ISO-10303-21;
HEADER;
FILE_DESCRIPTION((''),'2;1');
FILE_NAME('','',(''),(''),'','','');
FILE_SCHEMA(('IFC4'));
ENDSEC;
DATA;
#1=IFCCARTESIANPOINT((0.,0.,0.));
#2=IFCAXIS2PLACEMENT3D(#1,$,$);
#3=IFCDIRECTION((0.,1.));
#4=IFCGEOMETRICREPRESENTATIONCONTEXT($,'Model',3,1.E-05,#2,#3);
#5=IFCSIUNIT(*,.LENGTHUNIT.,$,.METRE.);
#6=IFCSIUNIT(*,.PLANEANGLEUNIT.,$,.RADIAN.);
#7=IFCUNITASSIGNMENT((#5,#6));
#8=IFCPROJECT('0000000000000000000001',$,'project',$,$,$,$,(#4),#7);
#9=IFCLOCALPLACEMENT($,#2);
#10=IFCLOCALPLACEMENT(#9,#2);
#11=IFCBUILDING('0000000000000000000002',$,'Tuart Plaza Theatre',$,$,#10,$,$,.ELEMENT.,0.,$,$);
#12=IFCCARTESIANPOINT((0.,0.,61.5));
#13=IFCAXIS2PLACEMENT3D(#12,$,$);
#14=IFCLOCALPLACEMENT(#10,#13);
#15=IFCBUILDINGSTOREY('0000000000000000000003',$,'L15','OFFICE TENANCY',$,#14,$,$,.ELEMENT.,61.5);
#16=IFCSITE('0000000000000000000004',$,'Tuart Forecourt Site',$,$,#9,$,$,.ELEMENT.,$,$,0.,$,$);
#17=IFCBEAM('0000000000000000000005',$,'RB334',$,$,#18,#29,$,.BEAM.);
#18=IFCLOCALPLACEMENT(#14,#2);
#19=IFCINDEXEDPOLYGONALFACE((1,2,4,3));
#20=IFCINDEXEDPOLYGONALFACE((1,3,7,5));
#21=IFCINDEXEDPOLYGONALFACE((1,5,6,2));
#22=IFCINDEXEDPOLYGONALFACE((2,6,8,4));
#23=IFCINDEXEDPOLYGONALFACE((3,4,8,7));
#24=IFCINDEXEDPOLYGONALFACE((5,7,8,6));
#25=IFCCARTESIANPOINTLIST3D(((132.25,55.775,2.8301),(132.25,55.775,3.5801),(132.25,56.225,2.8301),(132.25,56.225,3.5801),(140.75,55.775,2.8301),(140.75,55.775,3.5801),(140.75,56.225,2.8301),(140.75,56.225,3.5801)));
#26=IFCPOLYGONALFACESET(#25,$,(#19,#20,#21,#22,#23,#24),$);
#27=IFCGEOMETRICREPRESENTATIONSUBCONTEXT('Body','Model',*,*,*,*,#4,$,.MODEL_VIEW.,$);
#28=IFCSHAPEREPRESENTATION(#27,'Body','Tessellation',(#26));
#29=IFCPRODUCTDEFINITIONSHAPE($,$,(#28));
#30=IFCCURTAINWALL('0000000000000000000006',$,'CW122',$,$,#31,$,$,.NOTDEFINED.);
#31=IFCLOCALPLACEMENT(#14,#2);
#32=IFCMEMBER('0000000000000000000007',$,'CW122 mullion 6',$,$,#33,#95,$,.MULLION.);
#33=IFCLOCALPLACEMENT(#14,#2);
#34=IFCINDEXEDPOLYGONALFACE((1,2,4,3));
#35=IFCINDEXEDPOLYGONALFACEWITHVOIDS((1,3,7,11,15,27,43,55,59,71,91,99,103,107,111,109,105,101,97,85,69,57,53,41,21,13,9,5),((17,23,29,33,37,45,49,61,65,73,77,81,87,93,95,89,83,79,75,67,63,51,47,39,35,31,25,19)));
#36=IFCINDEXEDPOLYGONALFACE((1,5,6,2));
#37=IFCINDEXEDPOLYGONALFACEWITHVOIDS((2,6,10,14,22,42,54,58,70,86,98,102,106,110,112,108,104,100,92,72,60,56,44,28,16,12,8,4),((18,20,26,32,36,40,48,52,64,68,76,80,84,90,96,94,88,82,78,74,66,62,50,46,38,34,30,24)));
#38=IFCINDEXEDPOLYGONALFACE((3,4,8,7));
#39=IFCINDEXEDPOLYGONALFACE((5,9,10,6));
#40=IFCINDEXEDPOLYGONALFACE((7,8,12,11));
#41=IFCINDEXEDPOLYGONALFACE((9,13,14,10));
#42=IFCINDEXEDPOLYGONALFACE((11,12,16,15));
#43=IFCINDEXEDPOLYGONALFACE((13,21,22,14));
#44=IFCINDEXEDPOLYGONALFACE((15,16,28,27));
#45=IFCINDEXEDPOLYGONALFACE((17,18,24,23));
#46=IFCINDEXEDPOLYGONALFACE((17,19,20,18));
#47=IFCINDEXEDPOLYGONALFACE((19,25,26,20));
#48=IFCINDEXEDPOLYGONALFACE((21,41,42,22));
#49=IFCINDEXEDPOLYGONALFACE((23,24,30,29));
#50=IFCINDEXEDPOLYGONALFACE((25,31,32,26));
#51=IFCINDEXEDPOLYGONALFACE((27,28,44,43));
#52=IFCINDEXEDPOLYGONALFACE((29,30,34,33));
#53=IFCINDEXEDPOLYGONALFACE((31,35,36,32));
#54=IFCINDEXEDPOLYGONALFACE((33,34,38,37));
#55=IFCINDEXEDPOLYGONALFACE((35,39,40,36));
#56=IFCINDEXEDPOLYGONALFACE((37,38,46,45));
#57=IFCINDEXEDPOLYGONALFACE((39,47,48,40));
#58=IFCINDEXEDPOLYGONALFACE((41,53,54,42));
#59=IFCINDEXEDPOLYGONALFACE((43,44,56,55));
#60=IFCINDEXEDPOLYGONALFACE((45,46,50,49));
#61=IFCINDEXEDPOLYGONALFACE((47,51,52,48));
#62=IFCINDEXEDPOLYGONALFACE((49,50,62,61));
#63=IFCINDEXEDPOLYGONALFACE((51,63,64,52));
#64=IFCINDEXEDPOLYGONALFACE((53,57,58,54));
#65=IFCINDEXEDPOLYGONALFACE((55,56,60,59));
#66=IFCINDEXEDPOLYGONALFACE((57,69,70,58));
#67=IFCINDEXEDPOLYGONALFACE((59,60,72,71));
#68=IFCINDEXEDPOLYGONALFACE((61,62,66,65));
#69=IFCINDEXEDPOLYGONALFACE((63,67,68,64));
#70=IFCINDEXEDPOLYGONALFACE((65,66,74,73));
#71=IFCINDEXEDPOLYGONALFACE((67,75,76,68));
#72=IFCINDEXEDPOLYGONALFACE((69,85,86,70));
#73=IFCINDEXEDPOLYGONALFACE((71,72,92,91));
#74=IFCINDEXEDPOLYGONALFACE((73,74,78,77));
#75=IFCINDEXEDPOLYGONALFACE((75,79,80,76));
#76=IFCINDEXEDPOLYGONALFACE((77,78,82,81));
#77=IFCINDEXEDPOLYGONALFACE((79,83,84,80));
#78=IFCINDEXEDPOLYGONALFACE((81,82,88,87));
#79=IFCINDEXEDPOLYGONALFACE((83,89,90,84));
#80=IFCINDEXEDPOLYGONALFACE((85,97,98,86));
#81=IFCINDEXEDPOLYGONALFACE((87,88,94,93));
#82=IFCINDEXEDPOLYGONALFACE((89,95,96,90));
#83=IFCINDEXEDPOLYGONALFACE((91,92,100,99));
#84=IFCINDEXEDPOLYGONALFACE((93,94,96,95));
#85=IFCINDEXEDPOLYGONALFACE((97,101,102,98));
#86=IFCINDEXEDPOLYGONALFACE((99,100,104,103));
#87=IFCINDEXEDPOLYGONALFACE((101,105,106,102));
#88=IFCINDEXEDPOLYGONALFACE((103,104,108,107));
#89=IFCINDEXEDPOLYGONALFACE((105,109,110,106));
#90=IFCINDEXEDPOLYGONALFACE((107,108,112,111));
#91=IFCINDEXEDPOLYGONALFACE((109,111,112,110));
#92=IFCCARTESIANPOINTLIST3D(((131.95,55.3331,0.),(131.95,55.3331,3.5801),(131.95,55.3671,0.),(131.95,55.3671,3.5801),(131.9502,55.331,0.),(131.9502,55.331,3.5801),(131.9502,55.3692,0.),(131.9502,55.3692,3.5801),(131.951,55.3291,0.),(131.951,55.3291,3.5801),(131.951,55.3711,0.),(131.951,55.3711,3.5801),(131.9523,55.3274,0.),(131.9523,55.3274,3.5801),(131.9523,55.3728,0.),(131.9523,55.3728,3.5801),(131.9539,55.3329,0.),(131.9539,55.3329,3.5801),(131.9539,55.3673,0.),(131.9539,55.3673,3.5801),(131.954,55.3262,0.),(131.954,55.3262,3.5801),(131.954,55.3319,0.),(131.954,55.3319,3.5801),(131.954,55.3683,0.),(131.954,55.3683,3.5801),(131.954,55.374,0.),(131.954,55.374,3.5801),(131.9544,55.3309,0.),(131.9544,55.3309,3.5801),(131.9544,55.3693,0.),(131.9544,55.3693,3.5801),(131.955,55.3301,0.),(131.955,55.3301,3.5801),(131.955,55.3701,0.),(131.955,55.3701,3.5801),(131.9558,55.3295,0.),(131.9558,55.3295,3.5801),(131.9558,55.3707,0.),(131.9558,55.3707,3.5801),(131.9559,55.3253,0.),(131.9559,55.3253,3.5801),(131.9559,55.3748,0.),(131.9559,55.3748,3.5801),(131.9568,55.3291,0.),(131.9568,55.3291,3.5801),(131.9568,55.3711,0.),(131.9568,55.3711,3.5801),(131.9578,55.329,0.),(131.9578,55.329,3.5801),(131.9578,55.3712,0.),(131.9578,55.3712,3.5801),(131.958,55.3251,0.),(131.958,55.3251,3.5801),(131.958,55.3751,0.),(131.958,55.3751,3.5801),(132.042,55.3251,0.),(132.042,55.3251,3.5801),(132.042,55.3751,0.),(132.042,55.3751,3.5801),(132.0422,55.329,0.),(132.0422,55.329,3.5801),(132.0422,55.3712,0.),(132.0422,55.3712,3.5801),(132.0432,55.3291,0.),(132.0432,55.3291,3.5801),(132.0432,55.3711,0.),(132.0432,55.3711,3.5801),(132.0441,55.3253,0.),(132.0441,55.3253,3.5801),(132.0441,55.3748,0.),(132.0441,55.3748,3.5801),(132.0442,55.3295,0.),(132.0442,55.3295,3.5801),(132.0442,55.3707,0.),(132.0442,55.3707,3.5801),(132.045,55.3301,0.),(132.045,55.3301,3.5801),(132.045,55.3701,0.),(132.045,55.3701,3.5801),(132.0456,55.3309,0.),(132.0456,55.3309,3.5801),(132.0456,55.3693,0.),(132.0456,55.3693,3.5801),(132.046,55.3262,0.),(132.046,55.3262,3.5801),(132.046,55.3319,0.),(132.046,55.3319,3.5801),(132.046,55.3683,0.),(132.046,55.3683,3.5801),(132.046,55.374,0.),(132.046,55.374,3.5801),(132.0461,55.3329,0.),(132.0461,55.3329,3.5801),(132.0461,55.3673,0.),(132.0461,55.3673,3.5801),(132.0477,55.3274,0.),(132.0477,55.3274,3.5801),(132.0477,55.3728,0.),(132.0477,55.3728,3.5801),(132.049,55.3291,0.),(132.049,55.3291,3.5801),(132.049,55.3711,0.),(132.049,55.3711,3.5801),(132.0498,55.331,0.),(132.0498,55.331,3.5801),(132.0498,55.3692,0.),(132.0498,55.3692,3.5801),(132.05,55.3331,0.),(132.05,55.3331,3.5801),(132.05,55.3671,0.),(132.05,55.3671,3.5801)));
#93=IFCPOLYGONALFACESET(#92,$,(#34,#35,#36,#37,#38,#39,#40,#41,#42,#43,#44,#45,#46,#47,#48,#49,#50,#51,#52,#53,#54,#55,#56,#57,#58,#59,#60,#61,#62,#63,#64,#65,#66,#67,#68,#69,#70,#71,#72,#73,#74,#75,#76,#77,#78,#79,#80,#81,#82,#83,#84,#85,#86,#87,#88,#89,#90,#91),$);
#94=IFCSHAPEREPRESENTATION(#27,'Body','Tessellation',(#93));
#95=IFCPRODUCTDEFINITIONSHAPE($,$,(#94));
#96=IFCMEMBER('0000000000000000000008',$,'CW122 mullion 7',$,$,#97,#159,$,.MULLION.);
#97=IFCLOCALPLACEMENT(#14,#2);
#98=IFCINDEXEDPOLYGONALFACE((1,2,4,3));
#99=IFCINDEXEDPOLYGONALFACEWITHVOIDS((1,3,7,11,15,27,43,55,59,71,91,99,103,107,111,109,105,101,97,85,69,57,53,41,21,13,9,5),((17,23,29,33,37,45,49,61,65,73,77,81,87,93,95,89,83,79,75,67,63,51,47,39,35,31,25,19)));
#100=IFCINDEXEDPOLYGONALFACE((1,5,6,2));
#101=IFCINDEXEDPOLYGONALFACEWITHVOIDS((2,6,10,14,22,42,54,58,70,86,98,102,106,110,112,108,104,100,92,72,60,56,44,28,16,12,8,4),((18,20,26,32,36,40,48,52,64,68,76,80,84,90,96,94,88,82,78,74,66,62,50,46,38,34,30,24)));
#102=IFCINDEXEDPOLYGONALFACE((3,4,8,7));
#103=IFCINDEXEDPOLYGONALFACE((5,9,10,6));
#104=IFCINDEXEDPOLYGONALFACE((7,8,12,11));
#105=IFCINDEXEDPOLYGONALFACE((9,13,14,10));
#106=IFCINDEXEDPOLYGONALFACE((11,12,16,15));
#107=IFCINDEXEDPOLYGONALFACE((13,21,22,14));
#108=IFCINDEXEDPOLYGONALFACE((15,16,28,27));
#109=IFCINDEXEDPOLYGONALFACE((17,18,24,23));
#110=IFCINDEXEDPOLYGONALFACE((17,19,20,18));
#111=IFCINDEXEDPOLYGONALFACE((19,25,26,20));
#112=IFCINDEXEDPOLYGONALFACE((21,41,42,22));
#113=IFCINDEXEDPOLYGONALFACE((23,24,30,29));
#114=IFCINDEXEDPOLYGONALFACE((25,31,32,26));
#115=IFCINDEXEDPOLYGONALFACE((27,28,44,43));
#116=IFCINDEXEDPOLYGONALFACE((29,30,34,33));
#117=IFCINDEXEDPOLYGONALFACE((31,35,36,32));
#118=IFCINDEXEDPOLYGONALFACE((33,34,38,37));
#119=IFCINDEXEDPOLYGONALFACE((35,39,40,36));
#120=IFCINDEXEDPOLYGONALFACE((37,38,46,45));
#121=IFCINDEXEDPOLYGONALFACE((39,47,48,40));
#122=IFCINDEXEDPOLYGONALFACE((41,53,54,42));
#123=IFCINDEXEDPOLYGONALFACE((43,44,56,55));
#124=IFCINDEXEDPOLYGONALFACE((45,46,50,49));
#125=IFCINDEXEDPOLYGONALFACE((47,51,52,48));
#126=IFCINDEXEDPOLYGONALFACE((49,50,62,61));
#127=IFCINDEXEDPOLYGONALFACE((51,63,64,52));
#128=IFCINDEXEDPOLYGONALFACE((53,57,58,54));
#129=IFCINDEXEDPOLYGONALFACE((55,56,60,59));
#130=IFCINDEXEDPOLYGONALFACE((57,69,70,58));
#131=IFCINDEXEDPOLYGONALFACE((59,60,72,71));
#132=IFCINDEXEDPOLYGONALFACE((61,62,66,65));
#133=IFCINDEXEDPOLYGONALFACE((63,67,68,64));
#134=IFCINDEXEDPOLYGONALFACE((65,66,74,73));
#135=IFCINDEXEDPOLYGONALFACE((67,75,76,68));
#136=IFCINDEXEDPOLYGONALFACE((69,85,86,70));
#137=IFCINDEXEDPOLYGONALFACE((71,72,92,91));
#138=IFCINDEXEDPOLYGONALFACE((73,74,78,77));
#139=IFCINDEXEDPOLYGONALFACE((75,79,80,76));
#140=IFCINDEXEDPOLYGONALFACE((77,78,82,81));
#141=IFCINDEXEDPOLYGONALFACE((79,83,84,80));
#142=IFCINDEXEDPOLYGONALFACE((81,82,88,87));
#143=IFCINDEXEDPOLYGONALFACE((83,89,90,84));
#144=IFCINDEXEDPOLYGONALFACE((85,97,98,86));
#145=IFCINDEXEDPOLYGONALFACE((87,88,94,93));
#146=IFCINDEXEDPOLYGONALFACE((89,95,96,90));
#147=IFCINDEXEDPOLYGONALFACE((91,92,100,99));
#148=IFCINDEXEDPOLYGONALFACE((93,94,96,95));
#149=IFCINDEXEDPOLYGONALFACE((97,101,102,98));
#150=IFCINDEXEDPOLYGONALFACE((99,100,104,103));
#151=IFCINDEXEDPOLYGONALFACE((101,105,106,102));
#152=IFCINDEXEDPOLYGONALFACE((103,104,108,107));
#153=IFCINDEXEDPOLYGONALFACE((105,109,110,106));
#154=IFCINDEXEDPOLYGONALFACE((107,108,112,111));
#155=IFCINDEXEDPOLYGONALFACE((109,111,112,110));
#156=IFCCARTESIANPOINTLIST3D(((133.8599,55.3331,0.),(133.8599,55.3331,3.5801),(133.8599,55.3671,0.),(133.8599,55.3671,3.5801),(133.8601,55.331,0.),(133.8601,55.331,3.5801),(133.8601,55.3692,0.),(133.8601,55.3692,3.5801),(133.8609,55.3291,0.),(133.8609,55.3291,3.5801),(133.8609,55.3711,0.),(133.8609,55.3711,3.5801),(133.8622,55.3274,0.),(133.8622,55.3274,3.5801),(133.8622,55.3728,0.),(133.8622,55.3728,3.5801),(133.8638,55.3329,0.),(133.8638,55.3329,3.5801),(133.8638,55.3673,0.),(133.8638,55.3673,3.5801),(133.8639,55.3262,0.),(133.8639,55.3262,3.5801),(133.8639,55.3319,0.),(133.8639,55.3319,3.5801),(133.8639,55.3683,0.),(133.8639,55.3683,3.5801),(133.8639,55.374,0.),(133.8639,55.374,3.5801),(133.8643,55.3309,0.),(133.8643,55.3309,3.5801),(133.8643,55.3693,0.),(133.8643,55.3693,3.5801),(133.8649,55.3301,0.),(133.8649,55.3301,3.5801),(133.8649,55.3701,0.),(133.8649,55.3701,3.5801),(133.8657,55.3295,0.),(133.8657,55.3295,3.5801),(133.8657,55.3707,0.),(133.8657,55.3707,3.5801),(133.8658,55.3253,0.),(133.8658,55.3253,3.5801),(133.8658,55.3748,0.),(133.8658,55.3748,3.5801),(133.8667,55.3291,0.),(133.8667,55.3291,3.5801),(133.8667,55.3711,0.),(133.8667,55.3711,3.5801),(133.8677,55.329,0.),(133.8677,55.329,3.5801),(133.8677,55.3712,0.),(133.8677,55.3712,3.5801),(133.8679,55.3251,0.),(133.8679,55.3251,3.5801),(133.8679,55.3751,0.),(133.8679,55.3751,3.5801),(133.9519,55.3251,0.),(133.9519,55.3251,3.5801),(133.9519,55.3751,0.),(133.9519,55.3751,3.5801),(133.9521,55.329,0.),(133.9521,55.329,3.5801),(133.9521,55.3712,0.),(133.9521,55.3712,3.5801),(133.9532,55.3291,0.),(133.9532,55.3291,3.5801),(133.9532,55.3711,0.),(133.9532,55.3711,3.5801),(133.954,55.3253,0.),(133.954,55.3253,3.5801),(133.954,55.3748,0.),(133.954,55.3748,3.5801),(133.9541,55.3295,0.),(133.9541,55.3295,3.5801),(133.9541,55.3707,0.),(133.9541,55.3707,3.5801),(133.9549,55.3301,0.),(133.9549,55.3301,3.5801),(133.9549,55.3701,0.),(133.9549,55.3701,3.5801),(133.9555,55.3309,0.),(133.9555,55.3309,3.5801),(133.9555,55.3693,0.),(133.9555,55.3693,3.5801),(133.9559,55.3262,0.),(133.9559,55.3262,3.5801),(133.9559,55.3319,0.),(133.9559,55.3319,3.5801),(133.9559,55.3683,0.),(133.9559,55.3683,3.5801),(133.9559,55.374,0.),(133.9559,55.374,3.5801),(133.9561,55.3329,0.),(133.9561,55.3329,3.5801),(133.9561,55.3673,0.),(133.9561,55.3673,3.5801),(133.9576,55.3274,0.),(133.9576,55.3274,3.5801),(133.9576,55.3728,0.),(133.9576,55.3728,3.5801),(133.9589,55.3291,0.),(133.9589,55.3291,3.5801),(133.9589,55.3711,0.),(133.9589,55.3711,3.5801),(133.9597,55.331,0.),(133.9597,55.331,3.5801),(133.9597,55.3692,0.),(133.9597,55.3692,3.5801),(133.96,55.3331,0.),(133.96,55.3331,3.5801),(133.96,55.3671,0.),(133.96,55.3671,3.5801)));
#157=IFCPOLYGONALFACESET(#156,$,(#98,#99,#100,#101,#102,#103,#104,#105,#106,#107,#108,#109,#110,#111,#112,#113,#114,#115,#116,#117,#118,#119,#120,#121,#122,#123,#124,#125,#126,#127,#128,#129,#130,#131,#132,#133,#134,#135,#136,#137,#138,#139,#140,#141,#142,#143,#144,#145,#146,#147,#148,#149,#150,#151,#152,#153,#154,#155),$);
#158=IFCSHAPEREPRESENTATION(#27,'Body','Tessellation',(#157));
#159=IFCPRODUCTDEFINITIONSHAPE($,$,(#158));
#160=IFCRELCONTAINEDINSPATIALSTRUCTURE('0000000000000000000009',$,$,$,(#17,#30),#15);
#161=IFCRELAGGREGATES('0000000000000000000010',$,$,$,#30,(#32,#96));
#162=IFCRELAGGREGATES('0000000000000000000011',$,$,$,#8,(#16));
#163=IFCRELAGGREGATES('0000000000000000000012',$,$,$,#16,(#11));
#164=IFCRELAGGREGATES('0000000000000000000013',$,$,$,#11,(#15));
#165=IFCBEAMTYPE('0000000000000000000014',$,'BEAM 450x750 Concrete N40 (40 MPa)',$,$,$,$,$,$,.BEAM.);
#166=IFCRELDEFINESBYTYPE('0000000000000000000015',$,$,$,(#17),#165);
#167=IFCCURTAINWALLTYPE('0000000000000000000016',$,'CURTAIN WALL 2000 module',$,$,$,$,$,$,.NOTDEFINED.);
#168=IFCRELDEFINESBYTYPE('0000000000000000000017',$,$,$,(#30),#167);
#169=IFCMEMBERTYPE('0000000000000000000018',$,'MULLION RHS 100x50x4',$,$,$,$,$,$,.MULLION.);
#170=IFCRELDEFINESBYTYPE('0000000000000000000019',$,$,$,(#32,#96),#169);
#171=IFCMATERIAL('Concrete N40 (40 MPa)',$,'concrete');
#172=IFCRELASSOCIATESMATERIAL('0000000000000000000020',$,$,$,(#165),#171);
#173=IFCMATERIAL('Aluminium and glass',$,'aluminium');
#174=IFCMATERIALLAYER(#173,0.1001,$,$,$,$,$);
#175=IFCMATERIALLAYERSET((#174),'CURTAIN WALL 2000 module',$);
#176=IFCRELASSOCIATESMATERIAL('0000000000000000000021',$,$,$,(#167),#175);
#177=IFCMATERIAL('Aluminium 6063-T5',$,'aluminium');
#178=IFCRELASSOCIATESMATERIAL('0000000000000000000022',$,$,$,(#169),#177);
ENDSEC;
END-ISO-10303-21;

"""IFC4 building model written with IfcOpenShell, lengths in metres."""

from ifc_helpers import new_model, si_unit, direction, frame, origin, origin_2d, place, context, subcontext, project, spatial, rectangle, hollow_rectangle, extrude, material, layer, layer_set, material_profile, profile_set, type_object, element, aggregate, save


model = new_model("IFC4")

# Units and contexts
model_context = context("Model", 3, precision=1e-05, world=origin(), true_north=direction((0.0, 1.0)))
body_context = subcontext(model_context, "Body", "Model", "MODEL_VIEW")
ifc_project = project(units=[si_unit("LENGTHUNIT", "METRE"), si_unit("PLANEANGLEUNIT", "RADIAN")], contexts=[model_context])

# Site, building, storey
site_placement = place(None, origin())
site = spatial("IfcSite", under=ifc_project, at=site_placement, Name="Tuart Forecourt Site", CompositionType="ELEMENT", RefElevation=0.0)
building_placement = place(site_placement, origin())
building = spatial("IfcBuilding", under=site, at=building_placement, Name="Tuart Plaza Theatre", CompositionType="ELEMENT", ElevationOfRefHeight=0.0)
storey_placement = place(building_placement, frame((0.0, 0.0, 61.5)))
storey = spatial("IfcBuildingStorey", under=building, at=storey_placement, Name="L15", Description="OFFICE TENANCY", CompositionType="ELEMENT", Elevation=61.5)

# Beam
ifc_material_1 = material(Name="Concrete N40 (40 MPa)", Category="concrete")
ifc_material_profile_1 = material_profile(ifc_material_1, rectangle(XDim=0.45, YDim=0.75, at=origin_2d()), Name="BEAM 450x750 Concrete N40 (40 MPa)")
ifc_profile_set_1 = profile_set([ifc_material_profile_1], Name="Concrete N40 (40 MPa)")
beam_type = type_object("IfcBeamType", Name="BEAM 450x750 Concrete N40 (40 MPa)", PredefinedType="BEAM", material=ifc_profile_set_1)
beam_placement = place(storey_placement, frame((132.25, 56.0, 3.2051), z_axis=(1.0, 0.0, 0.0), x_axis=(0.0, 1.0, 0.0)))
element("IfcBeam", 1, at=beam_placement, inside=storey, type_object=beam_type, Name="RB334", PredefinedType="BEAM", context=body_context, shape_type="SweptSolid", body=[
    extrude(rectangle(XDim=0.45, YDim=0.75, at=origin_2d()), origin(), (0.0, 0.0, 1.0), 8.5),
])

# Curtain wall, members
ifc_material_2 = material(Name="Aluminium and glass", Category="aluminium")
ifc_layer_1 = layer(ifc_material_2, 0.1001)
ifc_layer_set_1 = layer_set([ifc_layer_1], Name="CURTAIN WALL 2000 module")
curtain_wall_type = type_object("IfcCurtainWallType", Name="CURTAIN WALL 2000 module", PredefinedType="NOTDEFINED", material=ifc_layer_set_1)
curtain_wall_placement = place(storey_placement, origin())
curtain_wall = element("IfcCurtainWall", 2, at=curtain_wall_placement, inside=storey, type_object=curtain_wall_type, Name="CW122", PredefinedType="NOTDEFINED")
ifc_material_3 = material(Name="Aluminium 6063-T5", Category="aluminium")
ifc_material_profile_2 = material_profile(ifc_material_3, hollow_rectangle(XDim=0.05, YDim=0.1001, WallThickness=0.0039, InnerFilletRadius=0.0039, OuterFilletRadius=0.0081, at=origin_2d()), Name="RHS 100x50x4")
ifc_profile_set_2 = profile_set([ifc_material_profile_2], Name="Aluminium 6063-T5")
member_type_1 = type_object("IfcMemberType", Name="MULLION RHS 100x50x4", PredefinedType="MULLION", material=ifc_profile_set_2)
member_1_placement = place(storey_placement, frame((132.0, 55.3501, 0.0), z_axis=(0.0, 0.0, 1.0), x_axis=(0.0, 1.0, 0.0)))
member_1 = element("IfcMember", 3, at=member_1_placement, type_object=member_type_1, Name="CW122 mullion 6", PredefinedType="MULLION", context=body_context, shape_type="SweptSolid", body=[
    extrude(hollow_rectangle(XDim=0.05, YDim=0.1001, WallThickness=0.0039, InnerFilletRadius=0.0039, OuterFilletRadius=0.0081, at=origin_2d()), origin(), (0.0, 0.0, 1.0), 3.5801),
])
member_2_placement = place(storey_placement, frame((133.9099, 55.3501, 0.0), z_axis=(0.0, 0.0, 1.0), x_axis=(0.0, 1.0, 0.0)))
member_2 = element("IfcMember", 4, at=member_2_placement, type_object=member_type_1, Name="CW122 mullion 7", PredefinedType="MULLION", context=body_context, shape_type="SweptSolid", body=[
    extrude(hollow_rectangle(XDim=0.05, YDim=0.1001, WallThickness=0.0039, InnerFilletRadius=0.0039, OuterFilletRadius=0.0081, at=origin_2d()), origin(), (0.0, 0.0, 1.0), 3.5801),
])
aggregate(curtain_wall, [member_1, member_2])

save(model, "model.ifc")
